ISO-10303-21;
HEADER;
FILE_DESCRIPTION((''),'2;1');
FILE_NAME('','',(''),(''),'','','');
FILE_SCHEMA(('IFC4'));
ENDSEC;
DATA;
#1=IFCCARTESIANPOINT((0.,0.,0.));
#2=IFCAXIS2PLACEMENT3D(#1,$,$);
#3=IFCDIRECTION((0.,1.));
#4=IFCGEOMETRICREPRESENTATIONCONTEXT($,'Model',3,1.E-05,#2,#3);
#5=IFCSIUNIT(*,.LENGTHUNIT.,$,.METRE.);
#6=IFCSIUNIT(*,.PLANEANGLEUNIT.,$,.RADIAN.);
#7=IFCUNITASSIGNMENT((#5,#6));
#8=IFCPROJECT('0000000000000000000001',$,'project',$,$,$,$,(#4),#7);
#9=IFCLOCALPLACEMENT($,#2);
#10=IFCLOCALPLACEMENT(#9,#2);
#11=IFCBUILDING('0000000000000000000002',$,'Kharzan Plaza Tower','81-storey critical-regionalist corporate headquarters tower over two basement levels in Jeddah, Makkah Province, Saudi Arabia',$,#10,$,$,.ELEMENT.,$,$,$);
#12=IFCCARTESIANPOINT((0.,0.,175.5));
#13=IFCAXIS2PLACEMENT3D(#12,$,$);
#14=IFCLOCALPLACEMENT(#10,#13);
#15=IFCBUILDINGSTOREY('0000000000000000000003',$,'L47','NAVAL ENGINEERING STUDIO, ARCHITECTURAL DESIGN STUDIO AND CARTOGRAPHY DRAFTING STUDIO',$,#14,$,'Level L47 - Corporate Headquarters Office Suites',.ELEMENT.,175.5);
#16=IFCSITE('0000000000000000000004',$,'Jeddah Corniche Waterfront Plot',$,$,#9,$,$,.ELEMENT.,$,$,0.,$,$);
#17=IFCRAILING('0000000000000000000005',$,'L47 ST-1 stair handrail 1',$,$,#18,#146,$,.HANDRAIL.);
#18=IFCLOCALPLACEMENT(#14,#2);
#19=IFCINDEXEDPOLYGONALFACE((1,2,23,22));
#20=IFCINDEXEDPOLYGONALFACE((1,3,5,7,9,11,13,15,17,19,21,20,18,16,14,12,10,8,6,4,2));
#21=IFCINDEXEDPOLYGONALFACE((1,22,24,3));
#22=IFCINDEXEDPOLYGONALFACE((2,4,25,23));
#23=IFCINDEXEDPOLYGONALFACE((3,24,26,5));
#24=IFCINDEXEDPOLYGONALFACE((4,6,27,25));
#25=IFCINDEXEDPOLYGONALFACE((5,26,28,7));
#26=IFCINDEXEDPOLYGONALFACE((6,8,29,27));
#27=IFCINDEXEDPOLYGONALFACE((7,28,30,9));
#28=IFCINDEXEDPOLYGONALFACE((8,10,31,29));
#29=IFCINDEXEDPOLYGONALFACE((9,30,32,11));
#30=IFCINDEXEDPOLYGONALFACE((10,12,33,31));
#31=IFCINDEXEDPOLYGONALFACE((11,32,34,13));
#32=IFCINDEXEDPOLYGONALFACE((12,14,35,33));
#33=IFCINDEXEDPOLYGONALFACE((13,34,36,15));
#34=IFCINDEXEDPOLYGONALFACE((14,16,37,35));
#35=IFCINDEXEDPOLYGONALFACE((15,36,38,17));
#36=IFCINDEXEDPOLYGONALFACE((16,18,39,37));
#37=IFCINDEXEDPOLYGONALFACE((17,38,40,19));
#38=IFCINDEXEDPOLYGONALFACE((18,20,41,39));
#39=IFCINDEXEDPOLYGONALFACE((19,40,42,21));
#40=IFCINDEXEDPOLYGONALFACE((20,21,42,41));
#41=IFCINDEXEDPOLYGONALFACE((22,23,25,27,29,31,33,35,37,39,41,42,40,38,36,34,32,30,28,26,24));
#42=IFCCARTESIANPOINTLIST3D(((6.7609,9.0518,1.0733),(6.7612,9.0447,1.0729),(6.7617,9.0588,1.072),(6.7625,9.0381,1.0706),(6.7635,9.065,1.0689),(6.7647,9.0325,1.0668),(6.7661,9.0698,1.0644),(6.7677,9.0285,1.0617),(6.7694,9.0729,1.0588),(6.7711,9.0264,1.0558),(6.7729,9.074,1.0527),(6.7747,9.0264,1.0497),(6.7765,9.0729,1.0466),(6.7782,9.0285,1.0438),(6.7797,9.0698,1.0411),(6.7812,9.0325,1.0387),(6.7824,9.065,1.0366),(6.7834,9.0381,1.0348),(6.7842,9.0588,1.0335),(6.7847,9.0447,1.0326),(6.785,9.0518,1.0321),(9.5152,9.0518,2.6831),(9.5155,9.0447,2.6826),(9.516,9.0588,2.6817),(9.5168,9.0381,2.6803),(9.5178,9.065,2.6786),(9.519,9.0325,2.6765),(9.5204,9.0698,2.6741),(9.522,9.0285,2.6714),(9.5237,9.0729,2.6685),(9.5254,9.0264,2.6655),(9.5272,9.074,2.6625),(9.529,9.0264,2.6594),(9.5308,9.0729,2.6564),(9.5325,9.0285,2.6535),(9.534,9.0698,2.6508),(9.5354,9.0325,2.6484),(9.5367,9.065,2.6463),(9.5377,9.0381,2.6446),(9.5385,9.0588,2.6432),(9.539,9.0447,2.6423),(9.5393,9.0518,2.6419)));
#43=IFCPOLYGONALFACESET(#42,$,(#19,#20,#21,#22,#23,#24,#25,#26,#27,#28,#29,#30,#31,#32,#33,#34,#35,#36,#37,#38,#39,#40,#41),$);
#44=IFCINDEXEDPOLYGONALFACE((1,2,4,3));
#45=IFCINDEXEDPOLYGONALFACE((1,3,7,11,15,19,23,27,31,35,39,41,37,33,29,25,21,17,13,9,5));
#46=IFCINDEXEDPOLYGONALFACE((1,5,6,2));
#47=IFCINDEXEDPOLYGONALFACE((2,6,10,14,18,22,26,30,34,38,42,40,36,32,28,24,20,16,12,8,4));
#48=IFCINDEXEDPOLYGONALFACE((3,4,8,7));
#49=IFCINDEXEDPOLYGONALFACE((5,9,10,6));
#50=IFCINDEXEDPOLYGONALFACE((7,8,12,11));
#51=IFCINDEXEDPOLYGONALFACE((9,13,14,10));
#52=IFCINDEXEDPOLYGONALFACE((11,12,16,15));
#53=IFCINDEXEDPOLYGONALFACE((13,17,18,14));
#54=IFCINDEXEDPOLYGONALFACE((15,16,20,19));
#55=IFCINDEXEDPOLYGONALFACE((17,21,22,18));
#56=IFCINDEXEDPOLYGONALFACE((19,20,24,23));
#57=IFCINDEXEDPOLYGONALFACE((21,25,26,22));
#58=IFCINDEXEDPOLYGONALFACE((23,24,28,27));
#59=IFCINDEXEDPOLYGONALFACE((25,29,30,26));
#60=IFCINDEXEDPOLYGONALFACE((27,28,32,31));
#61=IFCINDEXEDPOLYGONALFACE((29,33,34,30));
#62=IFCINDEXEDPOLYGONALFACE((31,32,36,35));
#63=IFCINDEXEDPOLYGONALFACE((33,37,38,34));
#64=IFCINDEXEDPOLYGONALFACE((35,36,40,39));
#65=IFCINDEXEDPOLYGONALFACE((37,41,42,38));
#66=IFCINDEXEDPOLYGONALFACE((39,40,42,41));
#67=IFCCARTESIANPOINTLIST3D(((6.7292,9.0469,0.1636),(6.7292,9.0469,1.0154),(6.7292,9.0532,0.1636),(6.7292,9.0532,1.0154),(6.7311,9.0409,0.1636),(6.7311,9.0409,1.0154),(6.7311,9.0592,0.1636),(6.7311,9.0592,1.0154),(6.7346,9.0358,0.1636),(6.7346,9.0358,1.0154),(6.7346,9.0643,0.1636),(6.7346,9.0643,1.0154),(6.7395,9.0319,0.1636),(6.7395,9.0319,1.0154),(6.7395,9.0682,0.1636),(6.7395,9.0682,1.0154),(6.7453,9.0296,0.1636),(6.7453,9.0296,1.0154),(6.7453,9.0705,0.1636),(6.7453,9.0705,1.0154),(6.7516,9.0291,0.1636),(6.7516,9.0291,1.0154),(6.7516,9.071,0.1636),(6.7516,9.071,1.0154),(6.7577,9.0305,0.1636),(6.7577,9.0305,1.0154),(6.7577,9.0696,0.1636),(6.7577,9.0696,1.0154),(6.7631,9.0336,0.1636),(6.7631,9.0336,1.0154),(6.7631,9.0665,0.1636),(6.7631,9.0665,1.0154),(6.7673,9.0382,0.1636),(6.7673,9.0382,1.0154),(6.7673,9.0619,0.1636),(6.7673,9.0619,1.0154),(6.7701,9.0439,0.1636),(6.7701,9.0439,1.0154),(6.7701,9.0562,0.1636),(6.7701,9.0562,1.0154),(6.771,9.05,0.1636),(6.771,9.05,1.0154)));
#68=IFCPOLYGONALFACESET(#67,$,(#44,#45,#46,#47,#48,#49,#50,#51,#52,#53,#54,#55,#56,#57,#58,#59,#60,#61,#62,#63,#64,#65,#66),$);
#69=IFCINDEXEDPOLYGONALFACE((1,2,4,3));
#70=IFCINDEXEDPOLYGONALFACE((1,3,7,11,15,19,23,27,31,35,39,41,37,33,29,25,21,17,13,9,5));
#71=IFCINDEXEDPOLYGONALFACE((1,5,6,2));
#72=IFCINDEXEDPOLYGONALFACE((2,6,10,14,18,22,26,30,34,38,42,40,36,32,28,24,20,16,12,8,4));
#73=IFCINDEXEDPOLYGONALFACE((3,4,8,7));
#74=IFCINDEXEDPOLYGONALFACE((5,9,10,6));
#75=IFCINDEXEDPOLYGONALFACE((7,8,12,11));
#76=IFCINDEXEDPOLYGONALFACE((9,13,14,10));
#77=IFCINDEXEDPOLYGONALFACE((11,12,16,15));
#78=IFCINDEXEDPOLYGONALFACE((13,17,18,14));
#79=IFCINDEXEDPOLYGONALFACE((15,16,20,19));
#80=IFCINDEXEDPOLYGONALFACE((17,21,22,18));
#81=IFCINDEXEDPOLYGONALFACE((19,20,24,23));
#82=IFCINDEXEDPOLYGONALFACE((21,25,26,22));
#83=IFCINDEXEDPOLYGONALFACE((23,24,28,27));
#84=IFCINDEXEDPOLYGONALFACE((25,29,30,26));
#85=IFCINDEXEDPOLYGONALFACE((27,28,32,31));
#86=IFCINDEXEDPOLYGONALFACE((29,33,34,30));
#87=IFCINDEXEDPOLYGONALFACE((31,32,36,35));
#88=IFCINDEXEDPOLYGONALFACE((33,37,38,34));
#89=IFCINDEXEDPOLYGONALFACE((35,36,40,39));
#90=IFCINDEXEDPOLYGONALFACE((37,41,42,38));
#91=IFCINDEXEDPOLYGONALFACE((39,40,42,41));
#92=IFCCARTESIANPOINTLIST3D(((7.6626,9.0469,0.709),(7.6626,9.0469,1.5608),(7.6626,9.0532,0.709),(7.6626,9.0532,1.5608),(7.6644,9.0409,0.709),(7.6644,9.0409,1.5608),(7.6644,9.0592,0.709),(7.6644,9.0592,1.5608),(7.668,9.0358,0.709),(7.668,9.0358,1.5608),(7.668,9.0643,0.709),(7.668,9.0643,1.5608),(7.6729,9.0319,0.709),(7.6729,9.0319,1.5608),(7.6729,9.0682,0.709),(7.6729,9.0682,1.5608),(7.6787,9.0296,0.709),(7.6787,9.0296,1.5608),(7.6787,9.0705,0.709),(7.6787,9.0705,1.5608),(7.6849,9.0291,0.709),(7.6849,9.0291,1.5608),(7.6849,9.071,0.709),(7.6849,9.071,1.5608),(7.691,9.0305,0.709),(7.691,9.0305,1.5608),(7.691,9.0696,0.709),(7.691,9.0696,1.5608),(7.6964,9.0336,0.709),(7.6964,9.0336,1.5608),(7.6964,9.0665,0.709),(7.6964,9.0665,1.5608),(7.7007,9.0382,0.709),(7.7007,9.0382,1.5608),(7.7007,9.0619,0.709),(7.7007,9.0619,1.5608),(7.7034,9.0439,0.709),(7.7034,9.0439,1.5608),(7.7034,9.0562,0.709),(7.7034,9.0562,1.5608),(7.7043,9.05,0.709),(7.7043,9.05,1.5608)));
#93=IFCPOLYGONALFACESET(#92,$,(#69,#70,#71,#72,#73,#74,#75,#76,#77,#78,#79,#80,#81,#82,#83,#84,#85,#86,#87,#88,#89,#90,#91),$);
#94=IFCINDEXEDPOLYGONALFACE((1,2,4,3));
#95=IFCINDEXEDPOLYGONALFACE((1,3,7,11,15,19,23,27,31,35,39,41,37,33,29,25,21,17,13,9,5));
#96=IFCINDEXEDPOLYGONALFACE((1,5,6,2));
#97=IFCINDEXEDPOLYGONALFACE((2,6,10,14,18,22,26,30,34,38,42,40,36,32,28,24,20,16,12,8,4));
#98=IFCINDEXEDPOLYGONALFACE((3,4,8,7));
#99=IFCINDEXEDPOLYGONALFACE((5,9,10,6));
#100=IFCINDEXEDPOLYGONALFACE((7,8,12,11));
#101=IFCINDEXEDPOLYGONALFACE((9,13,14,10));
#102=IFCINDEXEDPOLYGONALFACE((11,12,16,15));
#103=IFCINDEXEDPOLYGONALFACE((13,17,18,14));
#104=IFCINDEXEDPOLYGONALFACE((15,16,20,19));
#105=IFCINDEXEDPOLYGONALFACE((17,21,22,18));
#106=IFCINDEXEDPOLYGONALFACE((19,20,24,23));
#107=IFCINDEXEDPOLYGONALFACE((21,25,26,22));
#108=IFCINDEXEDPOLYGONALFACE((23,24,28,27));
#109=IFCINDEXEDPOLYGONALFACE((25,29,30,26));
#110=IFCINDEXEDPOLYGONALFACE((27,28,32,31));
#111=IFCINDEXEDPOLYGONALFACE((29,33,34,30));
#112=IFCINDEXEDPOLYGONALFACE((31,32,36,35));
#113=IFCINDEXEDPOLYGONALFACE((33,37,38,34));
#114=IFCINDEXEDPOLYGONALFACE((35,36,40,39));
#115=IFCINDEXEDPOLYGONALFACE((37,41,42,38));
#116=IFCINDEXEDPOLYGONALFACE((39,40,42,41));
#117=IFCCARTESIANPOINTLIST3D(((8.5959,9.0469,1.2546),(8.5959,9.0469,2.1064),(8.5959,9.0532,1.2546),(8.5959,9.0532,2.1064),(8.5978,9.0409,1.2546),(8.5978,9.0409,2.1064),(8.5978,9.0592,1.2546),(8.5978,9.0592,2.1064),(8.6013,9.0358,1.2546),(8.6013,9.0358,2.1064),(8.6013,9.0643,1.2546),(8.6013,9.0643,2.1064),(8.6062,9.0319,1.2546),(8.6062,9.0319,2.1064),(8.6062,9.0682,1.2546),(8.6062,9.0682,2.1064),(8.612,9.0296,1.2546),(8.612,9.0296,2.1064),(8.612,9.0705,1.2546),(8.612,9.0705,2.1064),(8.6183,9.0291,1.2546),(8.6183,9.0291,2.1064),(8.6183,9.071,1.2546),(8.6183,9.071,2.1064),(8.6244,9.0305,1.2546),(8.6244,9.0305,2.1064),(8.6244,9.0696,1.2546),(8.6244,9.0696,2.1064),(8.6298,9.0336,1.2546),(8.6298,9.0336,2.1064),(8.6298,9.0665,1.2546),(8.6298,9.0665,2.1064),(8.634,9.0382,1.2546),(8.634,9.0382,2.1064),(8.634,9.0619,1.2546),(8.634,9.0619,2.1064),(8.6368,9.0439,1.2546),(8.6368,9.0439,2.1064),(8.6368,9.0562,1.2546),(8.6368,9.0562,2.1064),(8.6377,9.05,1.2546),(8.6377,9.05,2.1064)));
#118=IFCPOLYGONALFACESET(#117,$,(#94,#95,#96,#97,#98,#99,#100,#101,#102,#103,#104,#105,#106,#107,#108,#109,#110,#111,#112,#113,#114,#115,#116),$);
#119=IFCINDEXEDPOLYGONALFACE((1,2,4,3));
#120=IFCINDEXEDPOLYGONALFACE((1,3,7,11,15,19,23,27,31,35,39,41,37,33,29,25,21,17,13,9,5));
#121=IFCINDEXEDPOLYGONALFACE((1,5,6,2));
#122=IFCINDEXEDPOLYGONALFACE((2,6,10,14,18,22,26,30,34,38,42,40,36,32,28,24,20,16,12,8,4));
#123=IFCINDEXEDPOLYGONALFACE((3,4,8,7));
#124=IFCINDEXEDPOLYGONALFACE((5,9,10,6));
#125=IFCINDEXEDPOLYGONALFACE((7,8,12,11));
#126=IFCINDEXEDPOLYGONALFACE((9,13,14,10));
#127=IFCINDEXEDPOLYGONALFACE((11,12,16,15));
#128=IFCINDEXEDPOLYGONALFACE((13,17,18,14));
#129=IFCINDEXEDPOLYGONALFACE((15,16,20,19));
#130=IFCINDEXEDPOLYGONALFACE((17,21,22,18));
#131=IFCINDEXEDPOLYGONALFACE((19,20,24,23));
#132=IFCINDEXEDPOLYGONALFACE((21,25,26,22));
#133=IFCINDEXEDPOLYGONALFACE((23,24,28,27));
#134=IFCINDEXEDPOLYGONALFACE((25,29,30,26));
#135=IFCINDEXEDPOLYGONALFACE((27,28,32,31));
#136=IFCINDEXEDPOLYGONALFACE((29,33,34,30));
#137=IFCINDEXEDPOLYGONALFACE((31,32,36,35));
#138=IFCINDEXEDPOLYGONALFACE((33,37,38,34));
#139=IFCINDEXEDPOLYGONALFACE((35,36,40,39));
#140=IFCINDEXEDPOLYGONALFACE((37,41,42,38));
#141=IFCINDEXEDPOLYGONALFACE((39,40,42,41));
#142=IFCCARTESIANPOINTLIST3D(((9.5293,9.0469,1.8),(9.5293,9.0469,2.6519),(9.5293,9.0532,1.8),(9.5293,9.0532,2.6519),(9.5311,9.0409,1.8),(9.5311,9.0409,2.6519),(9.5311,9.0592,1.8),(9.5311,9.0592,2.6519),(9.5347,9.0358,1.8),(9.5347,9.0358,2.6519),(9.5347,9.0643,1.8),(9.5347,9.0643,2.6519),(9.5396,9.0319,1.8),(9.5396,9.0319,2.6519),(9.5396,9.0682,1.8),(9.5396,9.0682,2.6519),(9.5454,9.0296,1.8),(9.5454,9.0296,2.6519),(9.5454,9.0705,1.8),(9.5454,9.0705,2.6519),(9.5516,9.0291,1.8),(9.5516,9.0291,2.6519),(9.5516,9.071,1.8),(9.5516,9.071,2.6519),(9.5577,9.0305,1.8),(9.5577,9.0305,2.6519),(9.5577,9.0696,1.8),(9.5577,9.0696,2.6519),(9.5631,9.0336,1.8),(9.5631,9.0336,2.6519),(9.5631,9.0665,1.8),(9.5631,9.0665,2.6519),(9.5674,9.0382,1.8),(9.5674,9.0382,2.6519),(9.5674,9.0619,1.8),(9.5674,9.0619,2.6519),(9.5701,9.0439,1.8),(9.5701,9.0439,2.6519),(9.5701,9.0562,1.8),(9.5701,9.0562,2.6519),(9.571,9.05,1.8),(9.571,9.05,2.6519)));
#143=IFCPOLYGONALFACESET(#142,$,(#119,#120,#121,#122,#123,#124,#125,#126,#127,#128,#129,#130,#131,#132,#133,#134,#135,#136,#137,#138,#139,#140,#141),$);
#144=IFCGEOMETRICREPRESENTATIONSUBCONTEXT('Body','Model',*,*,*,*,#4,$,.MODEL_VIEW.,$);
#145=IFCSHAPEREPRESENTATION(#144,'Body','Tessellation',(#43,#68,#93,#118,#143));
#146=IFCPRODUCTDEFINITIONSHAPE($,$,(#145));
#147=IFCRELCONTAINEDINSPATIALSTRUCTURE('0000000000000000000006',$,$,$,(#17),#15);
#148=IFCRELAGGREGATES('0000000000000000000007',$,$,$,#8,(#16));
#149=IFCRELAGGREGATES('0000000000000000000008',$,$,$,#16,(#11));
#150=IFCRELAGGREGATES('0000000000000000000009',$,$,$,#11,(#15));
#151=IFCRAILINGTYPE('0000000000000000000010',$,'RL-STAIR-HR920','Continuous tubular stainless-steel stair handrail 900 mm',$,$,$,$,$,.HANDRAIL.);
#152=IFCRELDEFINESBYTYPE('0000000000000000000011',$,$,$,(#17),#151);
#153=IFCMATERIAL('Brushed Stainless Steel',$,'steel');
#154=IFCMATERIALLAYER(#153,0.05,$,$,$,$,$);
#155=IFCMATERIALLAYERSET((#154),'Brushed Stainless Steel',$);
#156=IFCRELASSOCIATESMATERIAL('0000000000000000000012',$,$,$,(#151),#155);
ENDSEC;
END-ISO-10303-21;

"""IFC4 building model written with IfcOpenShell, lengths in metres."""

from ifc_helpers import new_model, si_unit, direction, frame, origin, origin_2d, place, context, subcontext, project, spatial, circle, extrude, source, transform, mapped, material, layer, layer_set, type_object, element, save


model = new_model("IFC4")

# Units and contexts
model_context = context("Model", 3, precision=1e-05, world=origin(), true_north=direction((0.0, 1.0)))
body_context = subcontext(model_context, "Body", "Model", "MODEL_VIEW")
ifc_project = project(units=[si_unit("LENGTHUNIT", "METRE"), si_unit("PLANEANGLEUNIT", "RADIAN")], contexts=[model_context])

# Site, building, storey
site_placement = place(None, origin())
site = spatial("IfcSite", under=ifc_project, at=site_placement, Name="Jeddah Corniche Waterfront Plot", CompositionType="ELEMENT", RefElevation=0.0)
building_placement = place(site_placement, origin())
building = spatial("IfcBuilding", under=site, at=building_placement, Name="Kharzan Plaza Tower", Description="81-storey critical-regionalist corporate headquarters tower over two basement levels in Jeddah, Makkah Province, Saudi Arabia", CompositionType="ELEMENT")
storey_placement = place(building_placement, frame((0.0, 0.0, 175.5)))
storey = spatial("IfcBuildingStorey", under=building, at=storey_placement, Name="L47", Description="NAVAL ENGINEERING STUDIO, ARCHITECTURAL DESIGN STUDIO AND CARTOGRAPHY DRAFTING STUDIO", LongName="Level L47 - Corporate Headquarters Office Suites", CompositionType="ELEMENT", Elevation=175.5)

# Railing
ifc_material_1 = material(Name="Brushed Stainless Steel", Category="steel")
ifc_layer_1 = layer(ifc_material_1, 0.05)
ifc_layer_set_1 = layer_set([ifc_layer_1], Name="Brushed Stainless Steel")
railing_type_1 = type_object("IfcRailingType", Name="RL-STAIR-HR920", Description="Continuous tubular stainless-steel stair handrail 900 mm", PredefinedType="HANDRAIL", material=ifc_layer_set_1)
shared_shape_1 = source(origin(), body_context, "Body", "SweptSolid", [
    extrude(circle(Radius=0.0239, at=origin_2d()), frame((0.0229, 0.0, 0.8892), z_axis=(0.863361, 0.0, 0.504587), x_axis=(0.0, 1.0, 0.0)), (0.0, 0.0, 1.0), 3.1902),
    extrude(circle(Radius=0.021, at=origin_2d()), origin(), (0.0, 0.0, 1.0), 0.8518),
    extrude(circle(Radius=0.021, at=origin_2d()), frame((0.9333, 0.0, 0.5454)), (0.0, 0.0, 1.0), 0.8518),
    extrude(circle(Radius=0.021, at=origin_2d()), frame((1.8667, 0.0, 1.0911)), (0.0, 0.0, 1.0), 0.8518),
    extrude(circle(Radius=0.021, at=origin_2d()), frame((2.8, 0.0, 1.6365)), (0.0, 0.0, 1.0), 0.8518),
])
railing_1_placement = place(storey_placement, frame((6.75, 9.05, 0.1636)))
element("IfcRailing", 1, at=railing_1_placement, inside=storey, type_object=railing_type_1, Name="L47 ST-1 stair handrail 1", PredefinedType="HANDRAIL", context=body_context, shape_type="MappedRepresentation", body=[
    mapped(shared_shape_1, transform((0.0, 0.0, 0.0), x_axis=(1.0, 0.0, 0.0), y_axis=(0.0, 1.0, 0.0), z_axis=(0.0, 0.0, 1.0))),
])

save(model, "model.ifc")
